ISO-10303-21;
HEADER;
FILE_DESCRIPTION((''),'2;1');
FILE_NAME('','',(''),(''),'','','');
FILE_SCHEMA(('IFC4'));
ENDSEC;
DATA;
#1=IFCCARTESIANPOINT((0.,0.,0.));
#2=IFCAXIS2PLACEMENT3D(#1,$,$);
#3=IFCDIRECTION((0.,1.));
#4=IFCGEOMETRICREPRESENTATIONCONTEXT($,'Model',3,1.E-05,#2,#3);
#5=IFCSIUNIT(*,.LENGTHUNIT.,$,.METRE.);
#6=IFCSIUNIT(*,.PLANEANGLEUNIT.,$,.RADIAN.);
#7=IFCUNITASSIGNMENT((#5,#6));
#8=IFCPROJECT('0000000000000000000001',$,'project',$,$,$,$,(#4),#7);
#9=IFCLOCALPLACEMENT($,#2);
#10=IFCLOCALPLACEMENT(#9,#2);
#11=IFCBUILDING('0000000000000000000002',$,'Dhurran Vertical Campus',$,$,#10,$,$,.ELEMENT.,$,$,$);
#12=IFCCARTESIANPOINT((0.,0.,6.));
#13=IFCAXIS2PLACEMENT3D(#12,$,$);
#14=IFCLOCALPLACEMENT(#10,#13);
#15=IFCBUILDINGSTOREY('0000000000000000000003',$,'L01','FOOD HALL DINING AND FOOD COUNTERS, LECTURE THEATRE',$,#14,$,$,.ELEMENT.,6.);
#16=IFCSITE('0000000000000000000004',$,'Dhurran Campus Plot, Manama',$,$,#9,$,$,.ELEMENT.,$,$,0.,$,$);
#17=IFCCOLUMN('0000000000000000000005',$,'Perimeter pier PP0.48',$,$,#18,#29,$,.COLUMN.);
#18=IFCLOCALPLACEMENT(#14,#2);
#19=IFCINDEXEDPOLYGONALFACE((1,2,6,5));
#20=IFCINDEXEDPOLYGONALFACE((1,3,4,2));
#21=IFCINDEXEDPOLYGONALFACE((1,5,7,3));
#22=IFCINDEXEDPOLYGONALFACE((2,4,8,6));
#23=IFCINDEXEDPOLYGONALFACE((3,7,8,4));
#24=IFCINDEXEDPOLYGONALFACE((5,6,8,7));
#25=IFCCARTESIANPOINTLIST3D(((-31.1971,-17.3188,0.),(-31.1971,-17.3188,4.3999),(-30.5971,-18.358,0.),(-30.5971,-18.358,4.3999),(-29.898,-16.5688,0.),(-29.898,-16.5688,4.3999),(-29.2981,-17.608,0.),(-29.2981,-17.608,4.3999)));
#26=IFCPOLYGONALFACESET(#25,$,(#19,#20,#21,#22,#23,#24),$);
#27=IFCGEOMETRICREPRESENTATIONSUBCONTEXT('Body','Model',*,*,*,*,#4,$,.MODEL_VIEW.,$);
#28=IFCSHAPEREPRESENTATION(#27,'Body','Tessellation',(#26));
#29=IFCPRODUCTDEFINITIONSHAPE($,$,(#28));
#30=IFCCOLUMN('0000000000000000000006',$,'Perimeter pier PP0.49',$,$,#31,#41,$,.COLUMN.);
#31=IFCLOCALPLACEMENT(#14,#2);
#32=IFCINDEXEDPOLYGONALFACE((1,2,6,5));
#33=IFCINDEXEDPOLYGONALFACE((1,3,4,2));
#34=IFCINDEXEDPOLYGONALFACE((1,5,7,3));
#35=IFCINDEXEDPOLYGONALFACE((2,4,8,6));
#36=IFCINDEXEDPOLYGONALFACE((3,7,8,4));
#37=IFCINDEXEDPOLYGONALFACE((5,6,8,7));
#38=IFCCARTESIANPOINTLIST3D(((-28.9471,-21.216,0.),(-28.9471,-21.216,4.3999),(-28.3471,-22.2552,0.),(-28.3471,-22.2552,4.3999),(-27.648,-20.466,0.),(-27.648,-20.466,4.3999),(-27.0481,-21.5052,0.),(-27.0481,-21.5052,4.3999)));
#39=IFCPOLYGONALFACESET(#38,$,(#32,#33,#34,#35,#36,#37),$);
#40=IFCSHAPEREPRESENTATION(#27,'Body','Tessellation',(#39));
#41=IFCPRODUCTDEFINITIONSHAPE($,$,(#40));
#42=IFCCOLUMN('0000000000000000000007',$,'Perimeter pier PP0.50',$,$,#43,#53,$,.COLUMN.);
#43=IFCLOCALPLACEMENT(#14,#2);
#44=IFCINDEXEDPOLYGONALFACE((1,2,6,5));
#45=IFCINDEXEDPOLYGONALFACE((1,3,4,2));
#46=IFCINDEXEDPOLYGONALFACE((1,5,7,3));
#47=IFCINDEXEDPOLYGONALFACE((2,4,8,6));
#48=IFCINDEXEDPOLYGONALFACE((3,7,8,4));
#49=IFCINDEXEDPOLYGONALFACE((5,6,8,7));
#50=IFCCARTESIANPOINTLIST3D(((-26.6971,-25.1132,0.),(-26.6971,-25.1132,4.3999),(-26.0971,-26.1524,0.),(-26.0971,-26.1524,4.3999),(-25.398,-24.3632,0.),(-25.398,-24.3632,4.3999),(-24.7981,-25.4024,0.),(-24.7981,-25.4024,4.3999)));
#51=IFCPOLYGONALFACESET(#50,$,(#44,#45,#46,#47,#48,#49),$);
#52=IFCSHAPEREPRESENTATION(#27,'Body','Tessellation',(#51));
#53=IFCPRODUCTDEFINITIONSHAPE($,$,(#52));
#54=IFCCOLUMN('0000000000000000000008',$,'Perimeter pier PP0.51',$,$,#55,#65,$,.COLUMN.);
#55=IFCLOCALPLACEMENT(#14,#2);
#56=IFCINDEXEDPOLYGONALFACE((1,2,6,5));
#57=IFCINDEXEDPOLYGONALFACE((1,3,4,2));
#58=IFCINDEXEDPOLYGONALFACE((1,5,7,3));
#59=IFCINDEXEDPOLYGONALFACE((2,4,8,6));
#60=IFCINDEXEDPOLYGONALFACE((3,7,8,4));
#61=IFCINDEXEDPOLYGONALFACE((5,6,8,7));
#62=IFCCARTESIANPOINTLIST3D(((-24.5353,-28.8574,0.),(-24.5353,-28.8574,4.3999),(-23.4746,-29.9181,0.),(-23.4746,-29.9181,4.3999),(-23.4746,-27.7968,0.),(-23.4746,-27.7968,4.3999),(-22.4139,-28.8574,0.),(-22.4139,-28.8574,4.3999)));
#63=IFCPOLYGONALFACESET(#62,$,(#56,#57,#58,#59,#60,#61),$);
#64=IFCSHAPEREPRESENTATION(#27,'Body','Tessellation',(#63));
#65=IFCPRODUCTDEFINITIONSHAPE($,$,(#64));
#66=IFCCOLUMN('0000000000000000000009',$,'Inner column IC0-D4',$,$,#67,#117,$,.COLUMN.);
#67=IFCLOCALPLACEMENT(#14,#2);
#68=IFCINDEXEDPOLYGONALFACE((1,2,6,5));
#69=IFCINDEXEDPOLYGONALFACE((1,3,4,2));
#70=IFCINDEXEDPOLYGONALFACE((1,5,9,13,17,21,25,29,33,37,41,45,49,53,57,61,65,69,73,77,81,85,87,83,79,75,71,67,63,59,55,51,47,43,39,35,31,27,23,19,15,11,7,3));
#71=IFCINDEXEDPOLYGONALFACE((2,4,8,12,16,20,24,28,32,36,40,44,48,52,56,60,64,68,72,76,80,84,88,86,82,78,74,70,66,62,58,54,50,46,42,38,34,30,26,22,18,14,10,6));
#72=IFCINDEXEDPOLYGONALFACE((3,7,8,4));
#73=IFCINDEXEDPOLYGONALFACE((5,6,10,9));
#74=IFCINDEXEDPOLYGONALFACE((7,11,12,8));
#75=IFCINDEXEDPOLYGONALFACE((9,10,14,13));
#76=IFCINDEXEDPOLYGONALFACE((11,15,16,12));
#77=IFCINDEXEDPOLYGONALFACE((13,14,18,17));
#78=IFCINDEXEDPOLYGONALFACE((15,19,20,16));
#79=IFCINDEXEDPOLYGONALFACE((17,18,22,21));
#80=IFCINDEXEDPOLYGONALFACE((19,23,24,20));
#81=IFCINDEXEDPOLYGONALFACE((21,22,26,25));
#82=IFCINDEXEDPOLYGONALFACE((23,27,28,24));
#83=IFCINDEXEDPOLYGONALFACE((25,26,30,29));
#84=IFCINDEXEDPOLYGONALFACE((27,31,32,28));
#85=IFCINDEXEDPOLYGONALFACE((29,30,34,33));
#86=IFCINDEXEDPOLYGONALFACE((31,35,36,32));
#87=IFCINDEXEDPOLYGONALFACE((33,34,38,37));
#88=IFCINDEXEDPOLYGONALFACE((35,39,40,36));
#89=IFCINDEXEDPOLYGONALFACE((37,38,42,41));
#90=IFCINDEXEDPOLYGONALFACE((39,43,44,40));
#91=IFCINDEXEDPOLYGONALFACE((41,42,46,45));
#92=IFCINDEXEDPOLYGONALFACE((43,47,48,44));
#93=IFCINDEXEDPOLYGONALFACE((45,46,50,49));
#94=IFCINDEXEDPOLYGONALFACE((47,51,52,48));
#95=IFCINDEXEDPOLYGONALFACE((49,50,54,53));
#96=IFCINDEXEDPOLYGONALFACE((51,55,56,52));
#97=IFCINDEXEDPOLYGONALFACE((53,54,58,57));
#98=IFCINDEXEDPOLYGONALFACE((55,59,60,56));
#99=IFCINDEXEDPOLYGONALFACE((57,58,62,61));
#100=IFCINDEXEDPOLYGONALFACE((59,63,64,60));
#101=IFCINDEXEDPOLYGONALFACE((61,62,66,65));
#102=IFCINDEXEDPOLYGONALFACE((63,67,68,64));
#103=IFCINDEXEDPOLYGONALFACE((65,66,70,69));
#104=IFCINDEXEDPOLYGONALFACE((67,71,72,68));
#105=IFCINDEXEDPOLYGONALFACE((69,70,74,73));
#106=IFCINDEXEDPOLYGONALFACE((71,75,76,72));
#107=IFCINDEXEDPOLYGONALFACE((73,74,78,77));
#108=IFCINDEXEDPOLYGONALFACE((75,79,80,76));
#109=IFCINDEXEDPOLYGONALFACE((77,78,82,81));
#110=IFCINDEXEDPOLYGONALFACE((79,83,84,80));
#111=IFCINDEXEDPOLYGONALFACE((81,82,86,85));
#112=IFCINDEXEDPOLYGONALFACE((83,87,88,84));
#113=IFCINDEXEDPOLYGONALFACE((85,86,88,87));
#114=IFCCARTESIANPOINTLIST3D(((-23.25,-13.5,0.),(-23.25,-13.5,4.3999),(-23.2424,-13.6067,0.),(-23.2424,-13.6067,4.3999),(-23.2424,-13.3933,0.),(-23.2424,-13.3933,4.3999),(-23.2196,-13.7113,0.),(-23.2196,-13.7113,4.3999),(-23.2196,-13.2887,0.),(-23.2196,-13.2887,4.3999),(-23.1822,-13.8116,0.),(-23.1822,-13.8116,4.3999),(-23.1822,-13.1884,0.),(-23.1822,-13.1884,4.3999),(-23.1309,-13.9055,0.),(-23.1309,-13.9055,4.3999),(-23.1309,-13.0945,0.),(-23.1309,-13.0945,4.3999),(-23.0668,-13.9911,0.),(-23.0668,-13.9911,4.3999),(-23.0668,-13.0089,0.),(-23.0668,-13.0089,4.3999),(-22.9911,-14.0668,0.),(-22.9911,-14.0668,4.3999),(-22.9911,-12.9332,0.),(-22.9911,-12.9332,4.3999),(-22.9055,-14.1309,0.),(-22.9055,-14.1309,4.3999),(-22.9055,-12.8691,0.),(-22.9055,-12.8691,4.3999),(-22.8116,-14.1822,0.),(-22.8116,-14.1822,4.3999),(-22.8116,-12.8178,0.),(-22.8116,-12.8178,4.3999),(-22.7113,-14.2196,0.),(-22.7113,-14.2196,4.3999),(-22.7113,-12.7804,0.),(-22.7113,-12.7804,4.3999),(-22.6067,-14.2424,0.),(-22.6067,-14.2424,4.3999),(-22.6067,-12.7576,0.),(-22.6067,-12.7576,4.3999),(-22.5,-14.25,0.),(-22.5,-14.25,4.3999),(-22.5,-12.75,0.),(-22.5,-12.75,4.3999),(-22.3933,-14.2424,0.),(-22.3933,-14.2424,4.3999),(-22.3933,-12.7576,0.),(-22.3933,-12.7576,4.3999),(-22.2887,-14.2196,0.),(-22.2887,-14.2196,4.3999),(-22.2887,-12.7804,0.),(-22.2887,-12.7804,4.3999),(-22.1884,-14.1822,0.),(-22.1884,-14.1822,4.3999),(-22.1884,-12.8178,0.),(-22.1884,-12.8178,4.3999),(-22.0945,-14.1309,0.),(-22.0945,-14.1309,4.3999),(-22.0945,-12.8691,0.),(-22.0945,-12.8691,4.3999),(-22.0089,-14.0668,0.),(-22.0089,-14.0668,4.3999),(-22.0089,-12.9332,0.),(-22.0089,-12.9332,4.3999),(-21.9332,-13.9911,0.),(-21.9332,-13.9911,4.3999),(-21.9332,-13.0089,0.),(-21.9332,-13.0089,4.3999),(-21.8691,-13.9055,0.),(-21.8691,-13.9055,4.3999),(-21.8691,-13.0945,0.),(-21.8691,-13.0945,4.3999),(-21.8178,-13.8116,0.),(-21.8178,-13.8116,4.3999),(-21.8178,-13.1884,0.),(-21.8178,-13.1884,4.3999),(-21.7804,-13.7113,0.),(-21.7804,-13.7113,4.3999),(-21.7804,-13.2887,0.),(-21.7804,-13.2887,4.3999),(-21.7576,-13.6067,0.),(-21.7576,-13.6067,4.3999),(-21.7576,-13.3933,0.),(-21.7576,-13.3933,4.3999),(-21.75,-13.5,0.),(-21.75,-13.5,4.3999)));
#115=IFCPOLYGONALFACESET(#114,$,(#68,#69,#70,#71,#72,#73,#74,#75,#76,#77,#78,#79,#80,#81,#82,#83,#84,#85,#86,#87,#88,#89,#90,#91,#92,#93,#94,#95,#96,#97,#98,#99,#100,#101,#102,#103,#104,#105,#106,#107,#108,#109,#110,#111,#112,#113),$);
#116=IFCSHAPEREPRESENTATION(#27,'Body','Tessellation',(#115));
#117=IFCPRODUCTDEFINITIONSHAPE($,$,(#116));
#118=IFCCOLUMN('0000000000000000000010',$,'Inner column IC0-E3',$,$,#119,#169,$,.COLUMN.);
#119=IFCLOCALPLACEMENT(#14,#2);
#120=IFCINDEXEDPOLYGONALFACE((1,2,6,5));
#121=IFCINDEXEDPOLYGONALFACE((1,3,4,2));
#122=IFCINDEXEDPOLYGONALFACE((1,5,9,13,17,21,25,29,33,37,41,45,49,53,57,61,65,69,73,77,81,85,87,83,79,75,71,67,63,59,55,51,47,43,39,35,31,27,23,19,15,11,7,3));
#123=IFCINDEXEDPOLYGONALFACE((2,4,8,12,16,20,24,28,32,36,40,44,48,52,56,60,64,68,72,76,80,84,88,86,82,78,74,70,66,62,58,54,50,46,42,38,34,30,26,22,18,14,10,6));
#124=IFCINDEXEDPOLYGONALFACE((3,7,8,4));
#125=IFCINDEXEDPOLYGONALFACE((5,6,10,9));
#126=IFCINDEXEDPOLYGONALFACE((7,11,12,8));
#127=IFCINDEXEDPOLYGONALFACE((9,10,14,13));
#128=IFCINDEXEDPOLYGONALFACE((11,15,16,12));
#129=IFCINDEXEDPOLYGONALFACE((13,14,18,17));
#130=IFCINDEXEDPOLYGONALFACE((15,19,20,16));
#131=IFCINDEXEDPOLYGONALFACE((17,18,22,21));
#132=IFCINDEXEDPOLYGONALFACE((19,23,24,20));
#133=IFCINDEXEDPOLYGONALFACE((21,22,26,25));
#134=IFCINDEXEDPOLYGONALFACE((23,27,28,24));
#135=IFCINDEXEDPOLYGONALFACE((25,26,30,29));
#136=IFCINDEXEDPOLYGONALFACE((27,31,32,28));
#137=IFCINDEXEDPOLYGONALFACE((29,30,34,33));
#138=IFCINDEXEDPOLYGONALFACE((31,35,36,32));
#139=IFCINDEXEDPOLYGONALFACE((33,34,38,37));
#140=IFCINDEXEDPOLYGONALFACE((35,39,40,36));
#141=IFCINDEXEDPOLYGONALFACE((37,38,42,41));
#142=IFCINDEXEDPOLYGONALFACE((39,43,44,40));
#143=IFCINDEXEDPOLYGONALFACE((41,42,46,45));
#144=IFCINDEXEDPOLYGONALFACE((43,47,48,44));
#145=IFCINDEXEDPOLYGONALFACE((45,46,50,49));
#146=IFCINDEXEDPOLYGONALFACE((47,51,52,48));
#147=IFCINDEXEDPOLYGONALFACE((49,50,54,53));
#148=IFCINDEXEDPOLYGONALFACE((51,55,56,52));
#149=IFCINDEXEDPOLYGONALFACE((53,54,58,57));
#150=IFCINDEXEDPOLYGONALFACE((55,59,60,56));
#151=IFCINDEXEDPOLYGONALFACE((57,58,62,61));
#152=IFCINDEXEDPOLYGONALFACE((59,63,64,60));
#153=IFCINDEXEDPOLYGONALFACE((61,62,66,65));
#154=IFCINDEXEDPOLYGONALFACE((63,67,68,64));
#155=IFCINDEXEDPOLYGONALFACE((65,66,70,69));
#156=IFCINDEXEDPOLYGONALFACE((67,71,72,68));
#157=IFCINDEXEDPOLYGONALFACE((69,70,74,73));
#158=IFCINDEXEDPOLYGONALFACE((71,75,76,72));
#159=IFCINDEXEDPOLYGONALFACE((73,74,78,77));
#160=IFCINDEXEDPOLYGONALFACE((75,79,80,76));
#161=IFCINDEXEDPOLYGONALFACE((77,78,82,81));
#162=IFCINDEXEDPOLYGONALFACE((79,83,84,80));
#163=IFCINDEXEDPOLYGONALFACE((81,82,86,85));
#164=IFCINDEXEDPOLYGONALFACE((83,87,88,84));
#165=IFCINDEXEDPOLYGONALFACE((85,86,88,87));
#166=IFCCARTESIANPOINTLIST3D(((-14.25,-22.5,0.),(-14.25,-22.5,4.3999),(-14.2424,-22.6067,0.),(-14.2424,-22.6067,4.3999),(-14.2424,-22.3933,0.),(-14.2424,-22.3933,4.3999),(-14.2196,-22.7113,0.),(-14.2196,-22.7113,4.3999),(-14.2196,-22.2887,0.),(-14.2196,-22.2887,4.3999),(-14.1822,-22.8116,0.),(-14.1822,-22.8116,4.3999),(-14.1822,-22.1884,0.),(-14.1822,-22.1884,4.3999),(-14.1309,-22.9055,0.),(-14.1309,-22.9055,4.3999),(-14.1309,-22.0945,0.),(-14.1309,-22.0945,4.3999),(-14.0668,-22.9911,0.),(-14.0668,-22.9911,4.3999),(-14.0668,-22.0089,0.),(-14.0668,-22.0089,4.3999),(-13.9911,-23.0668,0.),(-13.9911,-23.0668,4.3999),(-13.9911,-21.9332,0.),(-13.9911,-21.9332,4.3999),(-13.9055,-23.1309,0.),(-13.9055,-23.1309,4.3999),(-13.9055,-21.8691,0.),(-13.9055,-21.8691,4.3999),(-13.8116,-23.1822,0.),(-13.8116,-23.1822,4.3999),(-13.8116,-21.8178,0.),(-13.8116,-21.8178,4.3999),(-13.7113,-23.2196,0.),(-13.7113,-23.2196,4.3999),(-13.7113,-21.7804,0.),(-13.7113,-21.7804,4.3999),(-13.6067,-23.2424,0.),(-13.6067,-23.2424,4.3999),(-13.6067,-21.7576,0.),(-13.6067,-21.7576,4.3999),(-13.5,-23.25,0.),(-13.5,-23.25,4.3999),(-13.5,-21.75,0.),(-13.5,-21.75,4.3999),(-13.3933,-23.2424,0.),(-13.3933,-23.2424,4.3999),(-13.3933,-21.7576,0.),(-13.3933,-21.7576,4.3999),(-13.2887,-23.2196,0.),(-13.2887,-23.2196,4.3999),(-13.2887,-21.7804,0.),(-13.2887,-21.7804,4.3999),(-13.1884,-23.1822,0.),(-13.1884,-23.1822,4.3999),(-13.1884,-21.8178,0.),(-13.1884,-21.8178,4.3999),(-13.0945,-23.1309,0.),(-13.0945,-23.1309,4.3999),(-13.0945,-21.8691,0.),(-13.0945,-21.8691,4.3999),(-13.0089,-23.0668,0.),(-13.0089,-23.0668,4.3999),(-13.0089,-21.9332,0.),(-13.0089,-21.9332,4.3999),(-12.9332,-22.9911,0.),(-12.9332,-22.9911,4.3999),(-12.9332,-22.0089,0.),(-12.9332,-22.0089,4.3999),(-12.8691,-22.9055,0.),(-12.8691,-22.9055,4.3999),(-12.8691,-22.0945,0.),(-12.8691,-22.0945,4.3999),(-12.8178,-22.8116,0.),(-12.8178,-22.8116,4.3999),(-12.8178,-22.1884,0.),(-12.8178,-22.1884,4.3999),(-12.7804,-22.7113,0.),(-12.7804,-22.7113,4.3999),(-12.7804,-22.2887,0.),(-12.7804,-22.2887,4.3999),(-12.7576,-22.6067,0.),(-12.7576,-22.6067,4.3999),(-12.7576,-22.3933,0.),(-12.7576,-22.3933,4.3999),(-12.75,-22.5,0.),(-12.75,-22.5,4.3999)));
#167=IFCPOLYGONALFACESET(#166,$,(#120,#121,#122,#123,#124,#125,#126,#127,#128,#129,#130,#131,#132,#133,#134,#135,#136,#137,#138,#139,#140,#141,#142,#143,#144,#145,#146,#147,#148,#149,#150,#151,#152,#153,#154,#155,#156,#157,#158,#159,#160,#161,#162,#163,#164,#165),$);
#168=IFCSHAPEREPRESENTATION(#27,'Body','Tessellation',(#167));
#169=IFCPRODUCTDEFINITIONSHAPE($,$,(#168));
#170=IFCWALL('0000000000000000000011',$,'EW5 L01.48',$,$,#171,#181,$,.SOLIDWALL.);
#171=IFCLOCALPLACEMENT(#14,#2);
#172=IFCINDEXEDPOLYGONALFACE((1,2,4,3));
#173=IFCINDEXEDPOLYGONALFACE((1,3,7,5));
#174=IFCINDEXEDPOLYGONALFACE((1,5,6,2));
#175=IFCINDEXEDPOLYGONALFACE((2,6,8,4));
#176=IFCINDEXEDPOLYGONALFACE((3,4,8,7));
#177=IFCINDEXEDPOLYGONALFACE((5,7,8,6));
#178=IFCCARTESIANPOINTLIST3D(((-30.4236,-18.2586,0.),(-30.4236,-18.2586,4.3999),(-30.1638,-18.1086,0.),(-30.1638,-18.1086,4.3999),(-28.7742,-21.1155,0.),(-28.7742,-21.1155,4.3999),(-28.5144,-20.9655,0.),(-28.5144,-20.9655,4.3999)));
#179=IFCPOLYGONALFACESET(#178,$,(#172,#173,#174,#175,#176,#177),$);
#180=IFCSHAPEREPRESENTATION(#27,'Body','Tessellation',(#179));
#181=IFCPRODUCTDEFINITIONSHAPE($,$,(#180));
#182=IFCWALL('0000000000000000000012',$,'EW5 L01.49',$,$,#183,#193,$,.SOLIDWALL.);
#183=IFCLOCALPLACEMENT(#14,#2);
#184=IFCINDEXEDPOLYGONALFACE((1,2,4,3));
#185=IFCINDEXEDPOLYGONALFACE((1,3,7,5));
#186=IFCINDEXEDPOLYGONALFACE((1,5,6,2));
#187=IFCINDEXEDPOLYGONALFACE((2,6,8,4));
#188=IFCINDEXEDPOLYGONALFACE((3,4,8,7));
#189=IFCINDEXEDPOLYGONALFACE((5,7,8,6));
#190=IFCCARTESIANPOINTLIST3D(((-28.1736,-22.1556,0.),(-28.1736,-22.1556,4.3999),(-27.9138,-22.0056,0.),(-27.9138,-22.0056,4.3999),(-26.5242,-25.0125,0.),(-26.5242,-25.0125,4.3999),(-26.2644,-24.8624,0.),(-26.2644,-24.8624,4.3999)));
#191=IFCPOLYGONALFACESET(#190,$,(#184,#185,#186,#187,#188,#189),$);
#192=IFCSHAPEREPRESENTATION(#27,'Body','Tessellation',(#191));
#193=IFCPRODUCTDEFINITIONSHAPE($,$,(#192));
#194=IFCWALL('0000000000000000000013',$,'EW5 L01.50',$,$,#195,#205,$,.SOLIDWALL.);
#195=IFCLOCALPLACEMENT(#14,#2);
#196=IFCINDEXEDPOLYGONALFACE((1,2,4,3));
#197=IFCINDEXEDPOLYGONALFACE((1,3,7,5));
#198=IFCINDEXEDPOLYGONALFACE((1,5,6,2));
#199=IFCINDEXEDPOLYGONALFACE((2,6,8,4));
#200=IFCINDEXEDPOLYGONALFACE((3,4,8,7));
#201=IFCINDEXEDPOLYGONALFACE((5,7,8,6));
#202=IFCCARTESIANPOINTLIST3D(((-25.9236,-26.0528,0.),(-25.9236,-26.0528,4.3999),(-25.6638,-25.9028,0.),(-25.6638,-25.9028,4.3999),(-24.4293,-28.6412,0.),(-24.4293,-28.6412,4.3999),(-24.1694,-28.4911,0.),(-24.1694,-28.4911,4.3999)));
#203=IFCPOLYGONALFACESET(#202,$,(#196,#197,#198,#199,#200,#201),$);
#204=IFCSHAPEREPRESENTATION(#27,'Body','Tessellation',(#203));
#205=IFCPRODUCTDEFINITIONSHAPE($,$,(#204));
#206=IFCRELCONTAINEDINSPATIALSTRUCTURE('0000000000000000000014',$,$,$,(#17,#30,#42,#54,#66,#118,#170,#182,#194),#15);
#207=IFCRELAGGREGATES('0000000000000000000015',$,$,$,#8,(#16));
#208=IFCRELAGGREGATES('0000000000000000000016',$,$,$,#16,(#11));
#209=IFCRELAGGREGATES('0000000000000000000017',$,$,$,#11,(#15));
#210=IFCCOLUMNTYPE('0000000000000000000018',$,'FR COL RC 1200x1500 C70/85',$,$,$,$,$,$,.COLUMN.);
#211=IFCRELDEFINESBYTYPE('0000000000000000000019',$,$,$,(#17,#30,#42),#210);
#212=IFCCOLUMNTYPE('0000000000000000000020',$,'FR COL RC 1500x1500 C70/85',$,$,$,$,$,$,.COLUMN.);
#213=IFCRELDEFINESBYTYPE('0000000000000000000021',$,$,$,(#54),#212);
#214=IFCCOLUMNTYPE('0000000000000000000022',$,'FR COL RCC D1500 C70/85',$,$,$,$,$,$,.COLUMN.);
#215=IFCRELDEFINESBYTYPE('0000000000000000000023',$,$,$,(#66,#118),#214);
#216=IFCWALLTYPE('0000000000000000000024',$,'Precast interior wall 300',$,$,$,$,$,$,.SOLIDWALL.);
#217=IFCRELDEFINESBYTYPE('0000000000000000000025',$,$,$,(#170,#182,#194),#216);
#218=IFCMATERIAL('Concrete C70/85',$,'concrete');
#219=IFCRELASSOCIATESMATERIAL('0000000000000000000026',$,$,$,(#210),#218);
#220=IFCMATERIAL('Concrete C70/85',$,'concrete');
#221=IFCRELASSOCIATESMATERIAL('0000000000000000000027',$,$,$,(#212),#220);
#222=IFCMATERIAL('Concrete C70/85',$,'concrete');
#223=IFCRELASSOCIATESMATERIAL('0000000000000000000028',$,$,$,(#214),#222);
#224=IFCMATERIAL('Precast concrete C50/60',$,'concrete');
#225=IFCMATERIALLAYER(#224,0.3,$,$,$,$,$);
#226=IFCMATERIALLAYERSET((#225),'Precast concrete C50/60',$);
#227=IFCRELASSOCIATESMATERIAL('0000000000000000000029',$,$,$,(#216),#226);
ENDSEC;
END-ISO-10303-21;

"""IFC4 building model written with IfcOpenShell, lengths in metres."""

from ifc_helpers import new_model, si_unit, direction, frame, frame_2d, origin, origin_2d, place, context, subcontext, project, spatial, rectangle, circle, extrude, material, layer, layer_set, material_profile, profile_set, type_object, element, save


model = new_model("IFC4")

# Units and contexts
model_context = context("Model", 3, precision=1e-05, world=origin(), true_north=direction((0.0, 1.0)))
body_context = subcontext(model_context, "Body", "Model", "MODEL_VIEW")
ifc_project = project(units=[si_unit("LENGTHUNIT", "METRE"), si_unit("PLANEANGLEUNIT", "RADIAN")], contexts=[model_context])

# Site, building, storey
site_placement = place(None, origin())
site = spatial("IfcSite", under=ifc_project, at=site_placement, Name="Dhurran Campus Plot, Manama", CompositionType="ELEMENT", RefElevation=0.0)
building_placement = place(site_placement, origin())
building = spatial("IfcBuilding", under=site, at=building_placement, Name="Dhurran Vertical Campus", CompositionType="ELEMENT")
storey_placement = place(building_placement, frame((0.0, 0.0, 6.0)))
storey = spatial("IfcBuildingStorey", under=building, at=storey_placement, Name="L01", Description="FOOD HALL DINING AND FOOD COUNTERS, LECTURE THEATRE", CompositionType="ELEMENT", Elevation=6.0)

# Columns
ifc_material_1 = material(Name="Concrete C70/85", Category="concrete")
ifc_material_profile_1 = material_profile(ifc_material_1, rectangle(XDim=1.2, YDim=1.5, at=origin_2d()), Name="RC 1200x1500")
ifc_profile_set_1 = profile_set([ifc_material_profile_1], Name="Concrete C70/85")
column_type_1 = type_object("IfcColumnType", Name="FR COL RC 1200x1500 C70/85", PredefinedType="COLUMN", material=ifc_profile_set_1)
for number, where, z_axis, x_axis, name in (
    (1, (-30.2476, -17.4634, 0.0), (0.0, 0.0, 1.0), (0.5, -0.866025, 0.0), "Perimeter pier PP0.48"),
    (2, (-27.9976, -21.3606, 0.0), (0.0, 0.0, 1.0), (0.5, -0.866025, 0.0), "Perimeter pier PP0.49"),
    (3, (-25.7476, -25.2578, 0.0), (0.0, 0.0, 1.0), (0.5, -0.866025, 0.0), "Perimeter pier PP0.50"),
):
    element("IfcColumn", number, at=place(storey_placement, frame(where, z_axis=z_axis, x_axis=x_axis)), inside=storey, type_object=column_type_1, Name=name, PredefinedType="COLUMN", context=body_context, shape_type="SweptSolid", body=[
        extrude(rectangle(XDim=1.2, YDim=1.5, at=origin_2d()), origin(), (0.0, 0.0, 1.0), 4.3999),
    ])
ifc_material_2 = material(Name="Concrete C70/85", Category="concrete")
ifc_material_profile_2 = material_profile(ifc_material_2, rectangle(XDim=1.5, YDim=1.5, at=origin_2d()), Name="RC 1500x1500")
ifc_profile_set_2 = profile_set([ifc_material_profile_2], Name="Concrete C70/85")
column_type_2 = type_object("IfcColumnType", Name="FR COL RC 1500x1500 C70/85", PredefinedType="COLUMN", material=ifc_profile_set_2)
column_placement = place(storey_placement, frame((-23.4746, -28.8574, 0.0), z_axis=(0.0, 0.0, 1.0), x_axis=(0.707107, -0.707107, 0.0)))
element("IfcColumn", 4, at=column_placement, inside=storey, type_object=column_type_2, Name="Perimeter pier PP0.51", PredefinedType="COLUMN", context=body_context, shape_type="SweptSolid", body=[
    extrude(rectangle(XDim=1.5, YDim=1.5, at=origin_2d()), origin(), (0.0, 0.0, 1.0), 4.3999),
])
ifc_material_3 = material(Name="Concrete C70/85", Category="concrete")
ifc_material_profile_3 = material_profile(ifc_material_3, circle(Radius=0.75, at=origin_2d()), Name="RCC D1500")
ifc_profile_set_3 = profile_set([ifc_material_profile_3], Name="Concrete C70/85")
column_type_3 = type_object("IfcColumnType", Name="FR COL RCC D1500 C70/85", PredefinedType="COLUMN", material=ifc_profile_set_3)
for number, where, z_axis, x_axis, name in (
    (5, (-22.5, -13.5, 0.0), (0.0, 0.0, 1.0), (1.0, 0.0, 0.0), "Inner column IC0-D4"),
    (6, (-13.5, -22.5, 0.0), (0.0, 0.0, 1.0), (1.0, 0.0, 0.0), "Inner column IC0-E3"),
):
    element("IfcColumn", number, at=place(storey_placement, frame(where, z_axis=z_axis, x_axis=x_axis)), inside=storey, type_object=column_type_3, Name=name, PredefinedType="COLUMN", context=body_context, shape_type="SweptSolid", body=[
        extrude(circle(Radius=0.75, at=origin_2d()), origin(), (0.0, 0.0, 1.0), 4.3999),
    ])

# Walls
ifc_material_4 = material(Name="Precast concrete C50/60", Category="concrete")
ifc_layer_1 = layer(ifc_material_4, 0.3)
ifc_layer_set_1 = layer_set([ifc_layer_1], Name="Precast concrete C50/60")
wall_type_1 = type_object("IfcWallType", Name="Precast interior wall 300", PredefinedType="SOLIDWALL", material=ifc_layer_set_1)
for number, where, z_axis, x_axis, name in (
    (7, (-30.2937, -18.1836, 0.0), (0.0, 0.0, 1.0), (0.499992, -0.86603, 0.0), "EW5 L01.48"),
    (8, (-28.0437, -22.0806, 0.0), (0.0, 0.0, 1.0), (0.499992, -0.86603, 0.0), "EW5 L01.49"),
):
    element("IfcWall", number, at=place(storey_placement, frame(where, z_axis=z_axis, x_axis=x_axis)), inside=storey, type_object=wall_type_1, Name=name, PredefinedType="SOLIDWALL", context=body_context, shape_type="SweptSolid", body=[
        extrude(rectangle(XDim=3.2988, YDim=0.3, at=frame_2d((1.6494, 0.0))), origin(), (0.0, 0.0, 1.0), 4.3999),
    ])
wall_1_placement = place(storey_placement, frame((-25.7937, -25.9778, 0.0), z_axis=(0.0, 0.0, 1.0), x_axis=(0.499996, -0.866028, 0.0)))
element("IfcWall", 9, at=wall_1_placement, inside=storey, type_object=wall_type_1, Name="EW5 L01.50", PredefinedType="SOLIDWALL", context=body_context, shape_type="SweptSolid", body=[
    extrude(rectangle(XDim=2.9888, YDim=0.3, at=frame_2d((1.4944, 0.0))), origin(), (0.0, 0.0, 1.0), 4.3999),
])

save(model, "model.ifc")
